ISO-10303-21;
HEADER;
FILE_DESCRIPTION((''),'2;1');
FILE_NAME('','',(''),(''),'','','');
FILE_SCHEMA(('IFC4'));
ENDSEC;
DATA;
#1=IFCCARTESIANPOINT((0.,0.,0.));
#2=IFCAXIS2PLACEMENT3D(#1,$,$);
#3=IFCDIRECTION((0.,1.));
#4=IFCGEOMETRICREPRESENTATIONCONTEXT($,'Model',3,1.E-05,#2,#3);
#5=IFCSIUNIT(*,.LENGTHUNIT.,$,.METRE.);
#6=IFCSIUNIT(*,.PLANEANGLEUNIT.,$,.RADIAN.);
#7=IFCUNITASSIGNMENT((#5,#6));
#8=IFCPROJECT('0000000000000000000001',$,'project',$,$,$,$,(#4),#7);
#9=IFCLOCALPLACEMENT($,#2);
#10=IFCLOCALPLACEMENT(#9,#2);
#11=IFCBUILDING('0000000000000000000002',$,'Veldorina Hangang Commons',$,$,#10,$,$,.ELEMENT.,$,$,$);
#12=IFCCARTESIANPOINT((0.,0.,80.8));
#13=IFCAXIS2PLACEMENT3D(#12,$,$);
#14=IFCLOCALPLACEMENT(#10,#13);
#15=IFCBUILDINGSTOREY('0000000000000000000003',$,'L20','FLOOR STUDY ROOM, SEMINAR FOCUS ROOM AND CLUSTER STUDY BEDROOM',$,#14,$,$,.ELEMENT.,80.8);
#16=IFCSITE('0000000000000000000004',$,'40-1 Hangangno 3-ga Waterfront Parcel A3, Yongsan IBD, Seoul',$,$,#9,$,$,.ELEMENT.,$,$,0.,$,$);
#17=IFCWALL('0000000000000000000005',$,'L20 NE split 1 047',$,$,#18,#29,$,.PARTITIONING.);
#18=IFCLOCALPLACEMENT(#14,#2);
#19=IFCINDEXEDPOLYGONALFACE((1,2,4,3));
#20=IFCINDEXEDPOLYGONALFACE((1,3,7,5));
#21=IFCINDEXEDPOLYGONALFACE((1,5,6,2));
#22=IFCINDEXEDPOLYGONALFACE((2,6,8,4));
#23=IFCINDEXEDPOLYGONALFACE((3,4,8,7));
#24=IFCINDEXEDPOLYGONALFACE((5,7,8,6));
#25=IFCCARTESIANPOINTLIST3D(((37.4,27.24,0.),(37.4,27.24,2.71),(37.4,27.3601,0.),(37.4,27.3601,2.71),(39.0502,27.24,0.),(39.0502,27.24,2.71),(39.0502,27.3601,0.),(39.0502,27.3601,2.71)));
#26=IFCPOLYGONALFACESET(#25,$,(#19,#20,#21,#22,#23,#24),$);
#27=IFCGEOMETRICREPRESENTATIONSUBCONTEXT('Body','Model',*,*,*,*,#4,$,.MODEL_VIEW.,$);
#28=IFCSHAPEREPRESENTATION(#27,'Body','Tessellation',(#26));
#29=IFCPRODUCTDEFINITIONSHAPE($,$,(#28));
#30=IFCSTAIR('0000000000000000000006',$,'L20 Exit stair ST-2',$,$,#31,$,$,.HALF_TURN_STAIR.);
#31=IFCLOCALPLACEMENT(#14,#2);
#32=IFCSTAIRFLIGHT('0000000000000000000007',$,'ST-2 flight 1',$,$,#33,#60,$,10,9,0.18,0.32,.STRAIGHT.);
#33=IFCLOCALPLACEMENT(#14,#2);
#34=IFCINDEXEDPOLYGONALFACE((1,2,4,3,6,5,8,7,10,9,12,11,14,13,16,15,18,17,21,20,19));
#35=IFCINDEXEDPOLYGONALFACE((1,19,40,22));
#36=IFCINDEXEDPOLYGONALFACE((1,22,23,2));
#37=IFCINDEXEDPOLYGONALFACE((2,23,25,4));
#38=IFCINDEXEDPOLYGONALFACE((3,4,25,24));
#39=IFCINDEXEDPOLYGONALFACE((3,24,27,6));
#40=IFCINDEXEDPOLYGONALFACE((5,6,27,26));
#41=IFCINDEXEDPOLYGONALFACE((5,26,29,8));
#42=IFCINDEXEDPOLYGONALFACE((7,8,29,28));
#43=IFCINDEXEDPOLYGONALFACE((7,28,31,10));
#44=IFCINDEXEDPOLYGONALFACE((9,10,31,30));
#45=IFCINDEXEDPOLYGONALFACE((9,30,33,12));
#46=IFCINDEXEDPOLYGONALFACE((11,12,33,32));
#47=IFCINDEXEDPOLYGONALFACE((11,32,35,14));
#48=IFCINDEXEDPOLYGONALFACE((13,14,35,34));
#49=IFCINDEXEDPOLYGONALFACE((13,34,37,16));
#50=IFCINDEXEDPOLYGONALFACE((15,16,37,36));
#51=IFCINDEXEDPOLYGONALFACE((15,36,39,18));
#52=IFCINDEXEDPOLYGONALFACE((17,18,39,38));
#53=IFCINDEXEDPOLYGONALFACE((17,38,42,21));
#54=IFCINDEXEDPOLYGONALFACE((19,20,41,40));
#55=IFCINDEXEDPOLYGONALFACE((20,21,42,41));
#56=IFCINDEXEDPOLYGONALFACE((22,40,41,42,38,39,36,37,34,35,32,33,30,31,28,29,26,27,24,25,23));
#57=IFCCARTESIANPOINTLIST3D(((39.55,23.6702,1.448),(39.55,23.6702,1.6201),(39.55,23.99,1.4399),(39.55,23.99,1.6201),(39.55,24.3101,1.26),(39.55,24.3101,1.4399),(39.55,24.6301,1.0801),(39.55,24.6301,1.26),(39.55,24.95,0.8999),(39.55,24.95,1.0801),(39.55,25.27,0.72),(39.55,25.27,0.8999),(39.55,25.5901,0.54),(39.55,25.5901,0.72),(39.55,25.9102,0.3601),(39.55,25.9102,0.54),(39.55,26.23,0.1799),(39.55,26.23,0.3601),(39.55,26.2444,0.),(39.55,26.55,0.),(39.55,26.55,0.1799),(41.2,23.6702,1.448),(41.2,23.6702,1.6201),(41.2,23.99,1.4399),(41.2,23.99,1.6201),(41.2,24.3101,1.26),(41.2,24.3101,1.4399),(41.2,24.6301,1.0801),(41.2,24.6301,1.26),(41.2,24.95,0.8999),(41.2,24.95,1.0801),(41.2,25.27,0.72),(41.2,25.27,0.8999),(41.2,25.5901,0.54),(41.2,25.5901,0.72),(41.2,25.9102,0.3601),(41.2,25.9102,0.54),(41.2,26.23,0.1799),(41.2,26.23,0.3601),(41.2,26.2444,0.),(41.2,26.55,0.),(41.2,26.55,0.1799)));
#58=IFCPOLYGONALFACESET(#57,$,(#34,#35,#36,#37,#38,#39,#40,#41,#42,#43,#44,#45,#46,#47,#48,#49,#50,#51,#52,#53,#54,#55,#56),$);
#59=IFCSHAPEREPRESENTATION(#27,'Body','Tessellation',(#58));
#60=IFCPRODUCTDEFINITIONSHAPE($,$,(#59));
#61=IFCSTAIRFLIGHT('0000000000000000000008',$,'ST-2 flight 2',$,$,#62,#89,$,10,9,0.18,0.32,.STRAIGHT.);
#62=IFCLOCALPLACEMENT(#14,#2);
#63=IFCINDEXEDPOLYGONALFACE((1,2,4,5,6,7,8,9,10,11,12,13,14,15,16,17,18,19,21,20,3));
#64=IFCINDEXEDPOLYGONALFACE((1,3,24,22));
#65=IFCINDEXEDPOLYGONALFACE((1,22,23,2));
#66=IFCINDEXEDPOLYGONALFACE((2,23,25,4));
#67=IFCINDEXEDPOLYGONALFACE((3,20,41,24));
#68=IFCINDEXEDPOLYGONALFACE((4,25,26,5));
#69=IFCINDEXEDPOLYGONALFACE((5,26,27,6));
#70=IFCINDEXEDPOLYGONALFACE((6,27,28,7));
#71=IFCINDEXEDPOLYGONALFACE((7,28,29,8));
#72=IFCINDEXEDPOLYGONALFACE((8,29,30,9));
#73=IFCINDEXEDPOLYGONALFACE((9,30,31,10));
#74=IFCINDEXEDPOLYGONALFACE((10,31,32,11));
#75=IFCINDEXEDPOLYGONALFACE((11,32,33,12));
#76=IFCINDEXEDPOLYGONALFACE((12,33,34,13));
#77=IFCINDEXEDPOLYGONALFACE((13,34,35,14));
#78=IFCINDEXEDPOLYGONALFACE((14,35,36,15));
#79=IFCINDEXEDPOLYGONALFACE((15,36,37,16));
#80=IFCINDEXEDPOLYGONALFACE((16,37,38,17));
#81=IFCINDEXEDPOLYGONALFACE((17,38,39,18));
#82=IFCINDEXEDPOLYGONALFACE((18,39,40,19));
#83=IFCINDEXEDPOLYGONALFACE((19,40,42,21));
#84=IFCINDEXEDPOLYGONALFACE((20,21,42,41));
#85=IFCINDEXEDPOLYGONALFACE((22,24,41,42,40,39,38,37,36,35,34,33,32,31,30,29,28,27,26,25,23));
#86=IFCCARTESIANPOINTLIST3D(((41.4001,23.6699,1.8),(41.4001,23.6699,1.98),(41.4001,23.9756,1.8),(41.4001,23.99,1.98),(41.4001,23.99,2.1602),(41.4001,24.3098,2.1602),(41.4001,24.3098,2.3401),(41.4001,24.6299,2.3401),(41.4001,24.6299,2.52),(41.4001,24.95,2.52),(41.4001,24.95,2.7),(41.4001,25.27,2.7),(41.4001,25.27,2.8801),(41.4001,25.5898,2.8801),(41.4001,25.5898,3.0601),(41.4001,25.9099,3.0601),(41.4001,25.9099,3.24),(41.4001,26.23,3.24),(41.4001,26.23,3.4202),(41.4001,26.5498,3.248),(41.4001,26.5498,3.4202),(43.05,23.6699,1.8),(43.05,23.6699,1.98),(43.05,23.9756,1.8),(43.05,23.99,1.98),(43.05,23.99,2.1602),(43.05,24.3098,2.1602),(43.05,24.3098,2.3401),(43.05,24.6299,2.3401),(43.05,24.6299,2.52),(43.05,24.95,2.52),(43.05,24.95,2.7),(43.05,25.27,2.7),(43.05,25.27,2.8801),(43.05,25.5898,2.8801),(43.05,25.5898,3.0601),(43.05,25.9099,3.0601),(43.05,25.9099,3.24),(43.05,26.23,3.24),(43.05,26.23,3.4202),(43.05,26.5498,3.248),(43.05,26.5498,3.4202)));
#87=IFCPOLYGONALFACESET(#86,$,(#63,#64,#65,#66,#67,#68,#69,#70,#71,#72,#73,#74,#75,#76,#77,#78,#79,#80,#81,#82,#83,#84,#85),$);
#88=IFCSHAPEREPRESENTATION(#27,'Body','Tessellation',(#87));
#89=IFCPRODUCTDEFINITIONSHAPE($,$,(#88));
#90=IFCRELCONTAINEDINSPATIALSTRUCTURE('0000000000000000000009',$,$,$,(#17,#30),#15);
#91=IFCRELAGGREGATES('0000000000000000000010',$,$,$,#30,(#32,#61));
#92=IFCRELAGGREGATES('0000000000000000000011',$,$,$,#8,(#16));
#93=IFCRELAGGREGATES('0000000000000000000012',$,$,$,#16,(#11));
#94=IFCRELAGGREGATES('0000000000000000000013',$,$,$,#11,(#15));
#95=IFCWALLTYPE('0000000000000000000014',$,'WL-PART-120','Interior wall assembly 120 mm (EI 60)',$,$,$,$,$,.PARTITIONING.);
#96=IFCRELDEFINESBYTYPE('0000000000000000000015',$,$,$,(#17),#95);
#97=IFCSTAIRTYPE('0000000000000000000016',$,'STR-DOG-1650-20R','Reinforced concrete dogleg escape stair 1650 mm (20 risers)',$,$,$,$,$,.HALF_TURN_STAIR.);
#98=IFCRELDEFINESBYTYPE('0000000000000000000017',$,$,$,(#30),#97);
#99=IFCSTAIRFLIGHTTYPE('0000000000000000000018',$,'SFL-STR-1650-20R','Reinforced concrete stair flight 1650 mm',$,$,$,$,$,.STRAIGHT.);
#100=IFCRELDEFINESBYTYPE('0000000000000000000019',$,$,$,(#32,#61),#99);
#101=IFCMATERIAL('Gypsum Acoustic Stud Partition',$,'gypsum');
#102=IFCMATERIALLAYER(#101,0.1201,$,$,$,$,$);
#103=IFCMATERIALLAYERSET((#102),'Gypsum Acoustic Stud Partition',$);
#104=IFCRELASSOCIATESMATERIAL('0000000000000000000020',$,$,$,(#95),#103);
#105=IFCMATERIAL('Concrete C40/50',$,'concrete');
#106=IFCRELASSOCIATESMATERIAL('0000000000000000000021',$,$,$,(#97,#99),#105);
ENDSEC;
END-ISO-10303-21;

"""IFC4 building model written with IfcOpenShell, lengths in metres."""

from ifc_helpers import new_model, si_unit, direction, frame, frame_2d, origin, place, context, subcontext, project, spatial, polyline, rectangle, outline, extrude, material, layer, layer_set, type_object, element, aggregate, save


model = new_model("IFC4")

# Units and contexts
model_context = context("Model", 3, precision=1e-05, world=origin(), true_north=direction((0.0, 1.0)))
body_context = subcontext(model_context, "Body", "Model", "MODEL_VIEW")
ifc_project = project(units=[si_unit("LENGTHUNIT", "METRE"), si_unit("PLANEANGLEUNIT", "RADIAN")], contexts=[model_context])

# Site, building, storey
site_placement = place(None, origin())
site = spatial("IfcSite", under=ifc_project, at=site_placement, Name="40-1 Hangangno 3-ga Waterfront Parcel A3, Yongsan IBD, Seoul", CompositionType="ELEMENT", RefElevation=0.0)
building_placement = place(site_placement, origin())
building = spatial("IfcBuilding", under=site, at=building_placement, Name="Veldorina Hangang Commons", CompositionType="ELEMENT")
storey_placement = place(building_placement, frame((0.0, 0.0, 80.8)))
storey = spatial("IfcBuildingStorey", under=building, at=storey_placement, Name="L20", Description="FLOOR STUDY ROOM, SEMINAR FOCUS ROOM AND CLUSTER STUDY BEDROOM", CompositionType="ELEMENT", Elevation=80.8)

# Shared definitions
ifc_material_1 = material(Name="Gypsum Acoustic Stud Partition", Category="gypsum")
ifc_layer_1 = layer(ifc_material_1, 0.1201)
ifc_layer_set_1 = layer_set([ifc_layer_1], Name="Gypsum Acoustic Stud Partition")
wall_type_1 = type_object("IfcWallType", Name="WL-PART-120", Description="Interior wall assembly 120 mm (EI 60)", PredefinedType="PARTITIONING", material=ifc_layer_set_1)

# Wall
wall_1_placement = place(storey_placement, frame((37.3999, 27.3, 0.0), z_axis=(0.0, 0.0, 1.0), x_axis=(1.0, 0.0, 0.0)))
element("IfcWall", 1, at=wall_1_placement, inside=storey, type_object=wall_type_1, Name="L20 NE split 1 047", PredefinedType="PARTITIONING", context=body_context, shape_type="SweptSolid", body=[
    extrude(rectangle(XDim=1.6501, YDim=0.1201, at=frame_2d((0.8252, 0.0))), origin(), (0.0, 0.0, 1.0), 2.71),
])

# Stair, stair flights
ifc_material_2 = material(Name="Concrete C40/50", Category="concrete")
stair_type = type_object("IfcStairType", Name="STR-DOG-1650-20R", Description="Reinforced concrete dogleg escape stair 1650 mm (20 risers)", PredefinedType="HALF_TURN_STAIR", material=ifc_material_2)
stair_placement = place(storey_placement, origin())
stair = element("IfcStair", 2, at=stair_placement, inside=storey, type_object=stair_type, Name="L20 Exit stair ST-2", PredefinedType="HALF_TURN_STAIR")
stair_flight_type = type_object("IfcStairFlightType", Name="SFL-STR-1650-20R", Description="Reinforced concrete stair flight 1650 mm", PredefinedType="STRAIGHT", material=ifc_material_2)
stair_flight_1_placement = place(storey_placement, frame((40.375, 26.55, 0.0), z_axis=(0.0, 0.0, 1.0), x_axis=(0.0, -1.0, 0.0)))
stair_flight_1 = element("IfcStairFlight", 3, at=stair_flight_1_placement, type_object=stair_flight_type, Name="ST-2 flight 1", NumberOfRisers=10, NumberOfTreads=9, PredefinedType="STRAIGHT", RiserHeight=0.18, TreadLength=0.32, context=body_context, shape_type="SweptSolid", body=[
    extrude(outline(polyline([(0.0, 0.0), (0.0, 0.1799), (0.3201, 0.1799), (0.3201, 0.3601), (0.6399, 0.3601), (0.6399, 0.54), (0.96, 0.54), (0.96, 0.72), (1.28, 0.72), (1.28, 0.8999), (1.6001, 0.8999), (1.6001, 1.0801), (1.9199, 1.0801), (1.9199, 1.26), (2.24, 1.26), (2.24, 1.4399), (2.5601, 1.4399), (2.5601, 1.6201), (2.8799, 1.6201), (2.8799, 1.8), (2.8799, 1.448), (0.3057, 0.0), (0.0, 0.0)])), frame((0.0, 0.825, 0.0), z_axis=(0.0, -1.0, 0.0), x_axis=(1.0, 0.0, 0.0)), (0.0, 0.0, 1.0), 1.6499),
])
stair_flight_2_placement = place(storey_placement, frame((42.2251, 23.6699, 1.8), z_axis=(0.0, 0.0, 1.0), x_axis=(0.0, 1.0, 0.0)))
stair_flight_2 = element("IfcStairFlight", 4, at=stair_flight_2_placement, type_object=stair_flight_type, Name="ST-2 flight 2", NumberOfRisers=10, NumberOfTreads=9, PredefinedType="STRAIGHT", RiserHeight=0.18, TreadLength=0.32, context=body_context, shape_type="SweptSolid", body=[
    extrude(outline(polyline([(0.0, 0.0), (0.0, 0.1799), (0.3201, 0.1799), (0.3201, 0.3601), (0.6399, 0.3601), (0.6399, 0.54), (0.96, 0.54), (0.96, 0.72), (1.28, 0.72), (1.28, 0.8999), (1.6001, 0.8999), (1.6001, 1.0801), (1.9199, 1.0801), (1.9199, 1.26), (2.24, 1.26), (2.24, 1.4399), (2.5601, 1.4399), (2.5601, 1.6201), (2.8799, 1.6201), (2.8799, 1.8), (2.8799, 1.448), (0.3057, 0.0), (0.0, 0.0)])), frame((0.0, 0.825, 0.0), z_axis=(0.0, -1.0, 0.0), x_axis=(1.0, 0.0, 0.0)), (0.0, 0.0, 1.0), 1.6499),
])
aggregate(stair, [stair_flight_1, stair_flight_2])

save(model, "model.ifc")
